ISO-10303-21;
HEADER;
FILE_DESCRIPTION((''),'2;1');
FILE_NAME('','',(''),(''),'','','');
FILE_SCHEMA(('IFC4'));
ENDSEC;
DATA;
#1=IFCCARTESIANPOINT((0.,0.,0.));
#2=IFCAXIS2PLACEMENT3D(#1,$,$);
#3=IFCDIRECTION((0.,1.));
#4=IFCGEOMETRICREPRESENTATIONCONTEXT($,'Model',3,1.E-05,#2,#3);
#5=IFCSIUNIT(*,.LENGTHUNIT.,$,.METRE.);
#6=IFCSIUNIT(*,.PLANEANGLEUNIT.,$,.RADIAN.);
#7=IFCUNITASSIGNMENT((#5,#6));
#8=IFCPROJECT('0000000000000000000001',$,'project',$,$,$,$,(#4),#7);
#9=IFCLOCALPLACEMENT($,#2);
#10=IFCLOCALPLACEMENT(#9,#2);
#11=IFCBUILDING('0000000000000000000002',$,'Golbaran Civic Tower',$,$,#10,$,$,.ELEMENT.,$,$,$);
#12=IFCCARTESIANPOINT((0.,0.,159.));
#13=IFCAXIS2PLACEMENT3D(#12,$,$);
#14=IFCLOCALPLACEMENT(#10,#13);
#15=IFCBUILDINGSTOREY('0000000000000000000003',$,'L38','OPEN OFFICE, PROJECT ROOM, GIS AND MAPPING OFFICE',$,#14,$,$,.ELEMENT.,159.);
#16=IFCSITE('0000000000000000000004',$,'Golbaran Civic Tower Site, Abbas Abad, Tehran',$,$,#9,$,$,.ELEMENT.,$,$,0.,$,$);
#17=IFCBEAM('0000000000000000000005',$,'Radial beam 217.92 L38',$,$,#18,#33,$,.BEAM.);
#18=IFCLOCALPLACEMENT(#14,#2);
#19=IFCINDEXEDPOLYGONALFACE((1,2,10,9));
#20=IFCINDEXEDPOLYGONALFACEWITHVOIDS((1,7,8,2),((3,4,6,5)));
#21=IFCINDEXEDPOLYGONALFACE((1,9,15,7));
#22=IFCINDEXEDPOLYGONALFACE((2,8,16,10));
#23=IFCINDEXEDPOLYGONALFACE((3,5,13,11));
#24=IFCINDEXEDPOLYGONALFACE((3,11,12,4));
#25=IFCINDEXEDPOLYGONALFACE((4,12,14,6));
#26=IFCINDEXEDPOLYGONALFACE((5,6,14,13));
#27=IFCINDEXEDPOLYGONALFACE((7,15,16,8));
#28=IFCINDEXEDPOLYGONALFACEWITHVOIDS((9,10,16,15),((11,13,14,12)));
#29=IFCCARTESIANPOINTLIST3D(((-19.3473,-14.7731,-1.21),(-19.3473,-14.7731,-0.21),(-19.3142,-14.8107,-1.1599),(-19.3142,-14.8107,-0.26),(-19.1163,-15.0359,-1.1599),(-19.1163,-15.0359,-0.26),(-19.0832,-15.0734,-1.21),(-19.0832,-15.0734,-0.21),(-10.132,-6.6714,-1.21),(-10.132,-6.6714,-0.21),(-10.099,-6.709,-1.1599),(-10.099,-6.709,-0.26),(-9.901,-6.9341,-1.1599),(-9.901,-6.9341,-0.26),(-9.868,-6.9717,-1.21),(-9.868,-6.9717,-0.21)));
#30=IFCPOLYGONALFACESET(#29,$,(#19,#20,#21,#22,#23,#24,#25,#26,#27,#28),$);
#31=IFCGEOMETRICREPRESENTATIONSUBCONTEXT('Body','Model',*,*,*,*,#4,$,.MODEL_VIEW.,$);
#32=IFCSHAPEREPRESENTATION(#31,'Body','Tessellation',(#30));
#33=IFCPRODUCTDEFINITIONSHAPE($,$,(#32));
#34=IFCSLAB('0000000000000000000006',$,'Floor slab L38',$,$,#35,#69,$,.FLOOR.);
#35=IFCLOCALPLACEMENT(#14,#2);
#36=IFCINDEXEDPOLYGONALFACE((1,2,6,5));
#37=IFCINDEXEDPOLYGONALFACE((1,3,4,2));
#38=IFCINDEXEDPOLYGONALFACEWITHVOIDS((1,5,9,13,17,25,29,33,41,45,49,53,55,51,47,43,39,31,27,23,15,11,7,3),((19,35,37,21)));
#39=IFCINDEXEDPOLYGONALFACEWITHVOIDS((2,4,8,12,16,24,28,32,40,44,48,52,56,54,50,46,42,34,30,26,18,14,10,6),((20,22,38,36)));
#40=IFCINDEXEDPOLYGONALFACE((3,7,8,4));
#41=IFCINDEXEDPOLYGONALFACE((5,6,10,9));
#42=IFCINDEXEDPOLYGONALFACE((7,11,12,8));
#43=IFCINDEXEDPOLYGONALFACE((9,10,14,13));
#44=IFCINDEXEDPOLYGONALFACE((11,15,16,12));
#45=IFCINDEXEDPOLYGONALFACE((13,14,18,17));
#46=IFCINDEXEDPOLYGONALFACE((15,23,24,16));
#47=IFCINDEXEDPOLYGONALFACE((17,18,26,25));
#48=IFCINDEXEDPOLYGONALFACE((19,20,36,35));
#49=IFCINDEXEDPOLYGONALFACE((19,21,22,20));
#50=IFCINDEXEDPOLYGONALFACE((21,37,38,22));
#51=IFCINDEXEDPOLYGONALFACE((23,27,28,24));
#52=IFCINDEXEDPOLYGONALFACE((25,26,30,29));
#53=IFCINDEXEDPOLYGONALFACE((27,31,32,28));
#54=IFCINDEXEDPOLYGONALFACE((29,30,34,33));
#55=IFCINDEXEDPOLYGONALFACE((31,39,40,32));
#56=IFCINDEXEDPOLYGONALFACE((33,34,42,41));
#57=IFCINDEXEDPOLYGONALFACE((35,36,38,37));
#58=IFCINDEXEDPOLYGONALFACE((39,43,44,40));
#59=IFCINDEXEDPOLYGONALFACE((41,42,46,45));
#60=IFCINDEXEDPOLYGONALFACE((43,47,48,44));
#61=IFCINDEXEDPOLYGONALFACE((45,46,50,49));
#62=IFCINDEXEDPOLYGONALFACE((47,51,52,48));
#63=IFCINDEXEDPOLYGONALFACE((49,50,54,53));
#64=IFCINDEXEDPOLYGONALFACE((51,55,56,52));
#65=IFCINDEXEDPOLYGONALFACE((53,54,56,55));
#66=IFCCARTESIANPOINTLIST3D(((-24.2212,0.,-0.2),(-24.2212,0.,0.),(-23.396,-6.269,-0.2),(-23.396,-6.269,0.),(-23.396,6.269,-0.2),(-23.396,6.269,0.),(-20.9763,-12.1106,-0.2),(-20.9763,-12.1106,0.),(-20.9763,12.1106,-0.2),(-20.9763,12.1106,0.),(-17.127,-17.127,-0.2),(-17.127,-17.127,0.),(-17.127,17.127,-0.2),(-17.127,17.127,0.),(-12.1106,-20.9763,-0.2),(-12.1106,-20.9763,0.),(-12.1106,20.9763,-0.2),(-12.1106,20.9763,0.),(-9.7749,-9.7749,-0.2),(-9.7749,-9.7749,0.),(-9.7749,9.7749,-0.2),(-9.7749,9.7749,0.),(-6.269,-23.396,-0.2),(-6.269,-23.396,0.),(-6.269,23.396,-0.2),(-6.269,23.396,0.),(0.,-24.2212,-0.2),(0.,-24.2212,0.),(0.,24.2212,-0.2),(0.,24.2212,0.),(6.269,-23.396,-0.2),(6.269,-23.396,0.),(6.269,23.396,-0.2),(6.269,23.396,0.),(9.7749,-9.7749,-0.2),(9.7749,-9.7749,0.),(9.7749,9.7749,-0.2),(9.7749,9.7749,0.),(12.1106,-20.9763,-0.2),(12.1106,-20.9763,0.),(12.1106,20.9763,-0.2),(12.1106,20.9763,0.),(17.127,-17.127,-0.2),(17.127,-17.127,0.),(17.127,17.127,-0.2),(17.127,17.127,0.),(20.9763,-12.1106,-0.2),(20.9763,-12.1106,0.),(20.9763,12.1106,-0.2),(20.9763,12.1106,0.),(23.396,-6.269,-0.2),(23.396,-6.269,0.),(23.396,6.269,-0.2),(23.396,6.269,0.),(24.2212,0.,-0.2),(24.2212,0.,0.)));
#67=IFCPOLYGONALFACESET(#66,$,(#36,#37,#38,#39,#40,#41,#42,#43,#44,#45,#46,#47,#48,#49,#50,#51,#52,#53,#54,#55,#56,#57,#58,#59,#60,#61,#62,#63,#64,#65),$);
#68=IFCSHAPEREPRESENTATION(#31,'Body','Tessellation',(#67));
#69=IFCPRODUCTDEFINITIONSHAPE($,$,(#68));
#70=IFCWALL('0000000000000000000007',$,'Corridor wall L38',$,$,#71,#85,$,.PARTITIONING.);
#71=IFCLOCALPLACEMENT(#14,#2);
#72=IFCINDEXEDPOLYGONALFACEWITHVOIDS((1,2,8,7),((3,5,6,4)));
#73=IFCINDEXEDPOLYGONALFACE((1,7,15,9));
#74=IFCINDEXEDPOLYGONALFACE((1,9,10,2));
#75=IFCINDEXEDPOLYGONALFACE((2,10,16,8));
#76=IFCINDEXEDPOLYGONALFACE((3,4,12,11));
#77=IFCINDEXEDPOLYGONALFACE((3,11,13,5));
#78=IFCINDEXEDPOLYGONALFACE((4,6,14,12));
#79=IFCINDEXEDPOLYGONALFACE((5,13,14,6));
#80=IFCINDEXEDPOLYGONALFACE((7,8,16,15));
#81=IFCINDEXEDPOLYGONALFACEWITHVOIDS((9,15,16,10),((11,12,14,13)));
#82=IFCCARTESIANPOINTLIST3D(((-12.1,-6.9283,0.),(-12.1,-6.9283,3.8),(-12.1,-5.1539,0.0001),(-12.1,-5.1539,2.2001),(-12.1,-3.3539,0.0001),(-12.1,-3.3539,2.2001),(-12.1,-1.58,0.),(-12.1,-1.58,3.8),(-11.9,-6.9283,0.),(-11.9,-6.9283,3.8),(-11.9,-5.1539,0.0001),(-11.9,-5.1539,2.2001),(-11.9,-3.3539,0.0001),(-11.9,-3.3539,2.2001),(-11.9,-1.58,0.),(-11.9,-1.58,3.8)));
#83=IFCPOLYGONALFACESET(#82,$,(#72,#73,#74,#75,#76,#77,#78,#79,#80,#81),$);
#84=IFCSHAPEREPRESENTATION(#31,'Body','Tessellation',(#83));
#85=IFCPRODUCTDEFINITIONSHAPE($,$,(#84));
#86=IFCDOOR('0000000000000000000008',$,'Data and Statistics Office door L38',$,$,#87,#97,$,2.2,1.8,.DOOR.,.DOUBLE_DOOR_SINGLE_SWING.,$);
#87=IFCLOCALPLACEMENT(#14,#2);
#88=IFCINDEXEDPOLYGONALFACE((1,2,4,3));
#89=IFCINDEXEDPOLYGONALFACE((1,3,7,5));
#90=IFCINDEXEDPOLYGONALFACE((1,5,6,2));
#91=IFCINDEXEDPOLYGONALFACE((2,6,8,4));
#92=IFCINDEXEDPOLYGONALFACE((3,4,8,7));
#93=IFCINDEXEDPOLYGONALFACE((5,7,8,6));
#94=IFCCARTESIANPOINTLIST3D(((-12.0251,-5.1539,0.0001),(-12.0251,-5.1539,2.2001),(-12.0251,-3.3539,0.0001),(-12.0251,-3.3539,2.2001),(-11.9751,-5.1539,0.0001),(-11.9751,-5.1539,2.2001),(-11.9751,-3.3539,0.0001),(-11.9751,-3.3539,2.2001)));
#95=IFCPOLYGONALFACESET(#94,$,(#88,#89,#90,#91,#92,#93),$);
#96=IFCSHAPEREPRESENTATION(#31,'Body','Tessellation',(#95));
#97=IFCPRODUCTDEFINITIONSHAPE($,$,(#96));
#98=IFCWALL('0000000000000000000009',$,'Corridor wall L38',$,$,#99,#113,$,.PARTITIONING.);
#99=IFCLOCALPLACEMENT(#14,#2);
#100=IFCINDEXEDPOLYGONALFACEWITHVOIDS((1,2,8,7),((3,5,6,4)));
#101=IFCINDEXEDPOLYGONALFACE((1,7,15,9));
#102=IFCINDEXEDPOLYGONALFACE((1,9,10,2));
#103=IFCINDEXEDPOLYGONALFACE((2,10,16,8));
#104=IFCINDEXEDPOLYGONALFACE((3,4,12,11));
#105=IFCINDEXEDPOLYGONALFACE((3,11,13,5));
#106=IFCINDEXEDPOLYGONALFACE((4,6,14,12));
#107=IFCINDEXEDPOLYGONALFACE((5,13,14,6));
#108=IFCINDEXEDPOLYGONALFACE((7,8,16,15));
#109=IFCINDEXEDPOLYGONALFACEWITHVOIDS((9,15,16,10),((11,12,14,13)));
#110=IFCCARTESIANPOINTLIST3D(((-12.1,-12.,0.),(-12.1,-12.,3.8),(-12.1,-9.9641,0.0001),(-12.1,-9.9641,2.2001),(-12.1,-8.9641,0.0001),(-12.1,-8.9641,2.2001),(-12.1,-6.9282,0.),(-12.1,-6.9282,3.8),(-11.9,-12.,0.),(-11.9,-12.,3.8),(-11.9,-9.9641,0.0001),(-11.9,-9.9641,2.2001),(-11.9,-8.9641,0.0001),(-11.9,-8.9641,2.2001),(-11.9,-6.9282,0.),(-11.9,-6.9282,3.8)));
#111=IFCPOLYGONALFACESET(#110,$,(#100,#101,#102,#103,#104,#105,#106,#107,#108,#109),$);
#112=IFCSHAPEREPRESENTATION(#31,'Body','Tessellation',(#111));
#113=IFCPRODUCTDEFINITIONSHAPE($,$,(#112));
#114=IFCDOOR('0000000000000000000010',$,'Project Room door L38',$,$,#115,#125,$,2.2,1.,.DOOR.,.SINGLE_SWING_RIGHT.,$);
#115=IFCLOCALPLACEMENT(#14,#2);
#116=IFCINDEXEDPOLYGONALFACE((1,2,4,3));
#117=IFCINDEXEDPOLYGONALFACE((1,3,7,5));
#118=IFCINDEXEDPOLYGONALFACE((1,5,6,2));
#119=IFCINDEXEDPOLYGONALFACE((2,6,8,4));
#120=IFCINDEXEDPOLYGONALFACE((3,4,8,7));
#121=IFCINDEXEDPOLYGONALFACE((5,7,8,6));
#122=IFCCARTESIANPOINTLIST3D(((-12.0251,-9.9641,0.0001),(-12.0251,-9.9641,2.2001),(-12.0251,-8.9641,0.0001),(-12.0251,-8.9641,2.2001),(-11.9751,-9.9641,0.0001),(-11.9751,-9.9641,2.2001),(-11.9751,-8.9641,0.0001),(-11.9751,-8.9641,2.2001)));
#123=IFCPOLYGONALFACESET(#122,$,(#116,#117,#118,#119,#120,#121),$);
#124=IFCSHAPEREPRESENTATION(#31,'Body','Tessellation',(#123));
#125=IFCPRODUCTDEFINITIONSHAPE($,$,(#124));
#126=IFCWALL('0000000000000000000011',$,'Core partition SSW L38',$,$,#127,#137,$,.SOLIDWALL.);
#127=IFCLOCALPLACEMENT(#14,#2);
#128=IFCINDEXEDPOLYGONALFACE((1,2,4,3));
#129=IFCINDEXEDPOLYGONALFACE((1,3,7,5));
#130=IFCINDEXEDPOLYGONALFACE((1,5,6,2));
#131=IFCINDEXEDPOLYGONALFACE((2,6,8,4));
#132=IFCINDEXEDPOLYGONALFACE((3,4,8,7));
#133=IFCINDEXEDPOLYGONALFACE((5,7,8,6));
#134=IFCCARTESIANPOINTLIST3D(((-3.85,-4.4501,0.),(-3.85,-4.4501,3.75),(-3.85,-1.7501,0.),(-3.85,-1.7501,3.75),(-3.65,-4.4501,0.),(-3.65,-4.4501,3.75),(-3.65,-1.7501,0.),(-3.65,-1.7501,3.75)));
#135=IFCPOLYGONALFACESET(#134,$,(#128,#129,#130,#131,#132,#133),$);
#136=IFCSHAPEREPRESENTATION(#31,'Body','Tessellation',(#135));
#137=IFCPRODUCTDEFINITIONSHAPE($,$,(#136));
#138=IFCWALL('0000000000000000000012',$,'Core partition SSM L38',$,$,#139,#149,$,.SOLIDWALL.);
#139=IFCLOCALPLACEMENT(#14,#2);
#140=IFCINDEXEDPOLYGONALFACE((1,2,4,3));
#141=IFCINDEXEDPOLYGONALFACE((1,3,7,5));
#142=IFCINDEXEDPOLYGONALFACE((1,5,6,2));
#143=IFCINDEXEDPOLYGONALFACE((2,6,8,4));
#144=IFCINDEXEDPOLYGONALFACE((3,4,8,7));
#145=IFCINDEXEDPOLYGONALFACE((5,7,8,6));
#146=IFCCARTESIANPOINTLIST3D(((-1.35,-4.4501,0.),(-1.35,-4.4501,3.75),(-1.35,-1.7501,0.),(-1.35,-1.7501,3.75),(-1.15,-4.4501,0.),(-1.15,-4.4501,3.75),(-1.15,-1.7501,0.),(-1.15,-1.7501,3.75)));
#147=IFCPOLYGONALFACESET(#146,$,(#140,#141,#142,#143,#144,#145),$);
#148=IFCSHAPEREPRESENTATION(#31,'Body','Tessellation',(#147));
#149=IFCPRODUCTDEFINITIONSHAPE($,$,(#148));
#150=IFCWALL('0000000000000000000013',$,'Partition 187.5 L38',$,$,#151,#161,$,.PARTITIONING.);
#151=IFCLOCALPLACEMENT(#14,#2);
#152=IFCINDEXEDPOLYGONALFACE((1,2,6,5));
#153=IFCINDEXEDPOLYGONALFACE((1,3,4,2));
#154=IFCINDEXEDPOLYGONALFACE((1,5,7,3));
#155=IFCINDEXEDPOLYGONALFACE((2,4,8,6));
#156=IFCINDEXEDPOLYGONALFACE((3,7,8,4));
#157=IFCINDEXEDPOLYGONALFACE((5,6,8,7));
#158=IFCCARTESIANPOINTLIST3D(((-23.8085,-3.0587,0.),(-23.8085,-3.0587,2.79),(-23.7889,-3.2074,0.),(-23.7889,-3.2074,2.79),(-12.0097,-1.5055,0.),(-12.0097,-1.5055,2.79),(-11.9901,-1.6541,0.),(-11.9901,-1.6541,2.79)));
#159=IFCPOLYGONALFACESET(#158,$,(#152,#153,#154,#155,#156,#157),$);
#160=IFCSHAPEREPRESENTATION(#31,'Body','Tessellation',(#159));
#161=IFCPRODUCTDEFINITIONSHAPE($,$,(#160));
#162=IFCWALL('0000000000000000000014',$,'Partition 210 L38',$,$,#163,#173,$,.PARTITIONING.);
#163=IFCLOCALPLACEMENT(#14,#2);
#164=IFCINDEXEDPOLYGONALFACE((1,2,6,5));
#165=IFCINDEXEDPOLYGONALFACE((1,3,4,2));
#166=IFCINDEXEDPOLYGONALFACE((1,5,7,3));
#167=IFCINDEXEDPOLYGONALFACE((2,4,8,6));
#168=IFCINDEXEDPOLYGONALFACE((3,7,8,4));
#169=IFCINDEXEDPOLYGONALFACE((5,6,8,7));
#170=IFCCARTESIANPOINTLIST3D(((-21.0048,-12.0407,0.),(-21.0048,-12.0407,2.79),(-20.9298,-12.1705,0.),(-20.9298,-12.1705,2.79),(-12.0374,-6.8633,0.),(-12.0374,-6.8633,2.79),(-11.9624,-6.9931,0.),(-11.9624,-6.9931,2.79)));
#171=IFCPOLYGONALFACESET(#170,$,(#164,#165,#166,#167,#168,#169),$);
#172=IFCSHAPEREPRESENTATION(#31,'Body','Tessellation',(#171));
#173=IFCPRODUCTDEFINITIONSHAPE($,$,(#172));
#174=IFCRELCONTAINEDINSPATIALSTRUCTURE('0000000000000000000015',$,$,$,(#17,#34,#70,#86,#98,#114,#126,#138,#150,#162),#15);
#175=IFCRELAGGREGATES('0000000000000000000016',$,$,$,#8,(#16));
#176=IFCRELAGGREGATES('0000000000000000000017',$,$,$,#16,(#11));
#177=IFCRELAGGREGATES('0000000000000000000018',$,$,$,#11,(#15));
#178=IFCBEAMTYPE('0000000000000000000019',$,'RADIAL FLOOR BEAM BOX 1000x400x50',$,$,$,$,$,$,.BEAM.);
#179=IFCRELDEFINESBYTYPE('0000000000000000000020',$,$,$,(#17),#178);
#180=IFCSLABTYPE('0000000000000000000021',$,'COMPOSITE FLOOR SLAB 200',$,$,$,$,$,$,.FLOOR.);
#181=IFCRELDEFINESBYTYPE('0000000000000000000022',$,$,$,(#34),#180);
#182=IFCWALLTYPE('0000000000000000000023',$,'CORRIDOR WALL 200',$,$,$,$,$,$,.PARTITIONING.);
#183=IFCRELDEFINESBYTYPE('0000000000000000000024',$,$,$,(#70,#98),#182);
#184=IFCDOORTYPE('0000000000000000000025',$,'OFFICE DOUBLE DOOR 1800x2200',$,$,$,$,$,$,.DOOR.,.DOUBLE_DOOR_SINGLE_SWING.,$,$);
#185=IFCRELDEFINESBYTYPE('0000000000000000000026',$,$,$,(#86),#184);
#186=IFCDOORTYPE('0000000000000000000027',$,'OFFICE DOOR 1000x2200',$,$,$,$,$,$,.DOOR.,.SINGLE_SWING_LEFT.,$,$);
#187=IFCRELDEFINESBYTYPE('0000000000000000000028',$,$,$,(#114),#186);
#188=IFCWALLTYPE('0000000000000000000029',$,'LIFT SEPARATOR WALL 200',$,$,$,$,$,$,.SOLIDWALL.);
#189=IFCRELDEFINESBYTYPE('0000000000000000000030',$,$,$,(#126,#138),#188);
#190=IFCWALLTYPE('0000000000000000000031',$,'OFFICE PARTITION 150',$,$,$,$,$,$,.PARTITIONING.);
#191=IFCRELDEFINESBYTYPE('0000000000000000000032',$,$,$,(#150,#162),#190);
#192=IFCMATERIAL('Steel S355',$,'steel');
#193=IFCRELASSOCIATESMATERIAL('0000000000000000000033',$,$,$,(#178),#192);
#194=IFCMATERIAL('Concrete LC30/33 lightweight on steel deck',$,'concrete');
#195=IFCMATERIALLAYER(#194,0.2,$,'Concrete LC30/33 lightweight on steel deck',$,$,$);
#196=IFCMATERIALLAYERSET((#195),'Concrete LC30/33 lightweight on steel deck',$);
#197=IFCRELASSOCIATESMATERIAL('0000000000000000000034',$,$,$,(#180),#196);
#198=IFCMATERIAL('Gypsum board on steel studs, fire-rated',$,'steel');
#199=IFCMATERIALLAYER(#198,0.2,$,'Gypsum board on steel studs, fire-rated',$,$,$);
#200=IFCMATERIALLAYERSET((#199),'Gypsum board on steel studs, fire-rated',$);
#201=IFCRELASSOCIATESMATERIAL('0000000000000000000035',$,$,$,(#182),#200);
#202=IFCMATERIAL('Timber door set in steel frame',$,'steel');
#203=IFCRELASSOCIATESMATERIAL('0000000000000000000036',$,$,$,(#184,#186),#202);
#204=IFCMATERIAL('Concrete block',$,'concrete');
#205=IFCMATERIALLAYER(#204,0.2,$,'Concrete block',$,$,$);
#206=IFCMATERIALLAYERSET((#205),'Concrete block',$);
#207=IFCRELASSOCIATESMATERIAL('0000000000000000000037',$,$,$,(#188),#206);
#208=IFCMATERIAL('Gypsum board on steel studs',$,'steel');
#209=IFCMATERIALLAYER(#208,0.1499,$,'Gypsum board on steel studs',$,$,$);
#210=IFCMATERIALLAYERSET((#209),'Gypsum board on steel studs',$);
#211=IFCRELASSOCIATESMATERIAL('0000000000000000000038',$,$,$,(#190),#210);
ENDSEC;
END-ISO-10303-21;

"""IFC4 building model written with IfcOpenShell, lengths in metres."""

from ifc_helpers import new_model, si_unit, direction, frame, frame_2d, origin, origin_2d, place, context, subcontext, project, spatial, polyline, rectangle, hollow_rectangle, outline, extrude, material, layer, layer_set, material_profile, profile_set, type_object, element, fill, save


model = new_model("IFC4")

# Units and contexts
model_context = context("Model", 3, precision=1e-05, world=origin(), true_north=direction((0.0, 1.0)))
body_context = subcontext(model_context, "Body", "Model", "MODEL_VIEW")
ifc_project = project(units=[si_unit("LENGTHUNIT", "METRE"), si_unit("PLANEANGLEUNIT", "RADIAN")], contexts=[model_context])

# Site, building, storey
site_placement = place(None, origin())
site = spatial("IfcSite", under=ifc_project, at=site_placement, Name="Golbaran Civic Tower Site, Abbas Abad, Tehran", CompositionType="ELEMENT", RefElevation=0.0)
building_placement = place(site_placement, origin())
building = spatial("IfcBuilding", under=site, at=building_placement, Name="Golbaran Civic Tower", CompositionType="ELEMENT")
storey_placement = place(building_placement, frame((0.0, 0.0, 159.0)))
storey = spatial("IfcBuildingStorey", under=building, at=storey_placement, Name="L38", Description="OPEN OFFICE, PROJECT ROOM, GIS AND MAPPING OFFICE", CompositionType="ELEMENT", Elevation=159.0)

# Beam
ifc_material_1 = material(Name="Steel S355", Category="steel")
ifc_material_profile_1 = material_profile(ifc_material_1, hollow_rectangle(XDim=0.3999, YDim=1.0, WallThickness=0.05, at=origin_2d()), Name="BOX 1000x400x50")
ifc_profile_set_1 = profile_set([ifc_material_profile_1], Name="Steel S355")
beam_type_1 = type_object("IfcBeamType", Name="RADIAL FLOOR BEAM BOX 1000x400x50", PredefinedType="BEAM", material=ifc_profile_set_1)
beam_1_placement = place(storey_placement, frame((-10.0, -6.8215, -0.71), z_axis=(-0.751024, -0.660275, 0.0), x_axis=(0.660275, -0.751024, 0.0)))
element("IfcBeam", 1, at=beam_1_placement, inside=storey, type_object=beam_type_1, Name="Radial beam 217.92 L38", PredefinedType="BEAM", context=body_context, shape_type="SweptSolid", body=[
    extrude(hollow_rectangle(XDim=0.3999, YDim=1.0, WallThickness=0.05, at=origin_2d()), origin(), (0.0, 0.0, 1.0), 12.2703),
])

# Slab
ifc_material_2 = material(Name="Concrete LC30/33 lightweight on steel deck", Category="concrete")
ifc_layer_1 = layer(ifc_material_2, 0.2, Name="Concrete LC30/33 lightweight on steel deck")
ifc_layer_set_1 = layer_set([ifc_layer_1], Name="Concrete LC30/33 lightweight on steel deck")
slab_type = type_object("IfcSlabType", Name="COMPOSITE FLOOR SLAB 200", PredefinedType="FLOOR", material=ifc_layer_set_1)
slab_placement = place(storey_placement, frame((0.0, 0.0, -0.2)))
element("IfcSlab", 2, at=slab_placement, inside=storey, type_object=slab_type, Name="Floor slab L38", PredefinedType="FLOOR", context=body_context, shape_type="SweptSolid", body=[
    extrude(outline(polyline([(20.9763, -12.1106), (17.127, -17.127), (12.1106, -20.9763), (6.269, -23.396), (0.0, -24.2212), (-6.269, -23.396), (-12.1106, -20.9763), (-17.127, -17.127), (-20.9763, -12.1106), (-23.396, -6.269), (-24.2212, 0.0), (-23.396, 6.269), (-20.9763, 12.1106), (-17.127, 17.127), (-12.1106, 20.9763), (-6.269, 23.396), (0.0, 24.2212), (6.269, 23.396), (12.1106, 20.9763), (17.127, 17.127), (20.9763, 12.1106), (23.396, 6.269), (24.2212, 0.0), (23.396, -6.269), (20.9763, -12.1106)]), holes=[polyline([(-9.7749, 9.7749), (-9.7749, -9.7749), (9.7749, -9.7749), (9.7749, 9.7749), (-9.7749, 9.7749)])]), origin(), (0.0, 0.0, 1.0), 0.2),
])

# Walls, openings, doors
ifc_material_3 = material(Name="Gypsum board on steel studs, fire-rated", Category="steel")
ifc_layer_2 = layer(ifc_material_3, 0.2, Name="Gypsum board on steel studs, fire-rated")
ifc_layer_set_2 = layer_set([ifc_layer_2], Name="Gypsum board on steel studs, fire-rated")
wall_type_1 = type_object("IfcWallType", Name="CORRIDOR WALL 200", PredefinedType="PARTITIONING", material=ifc_layer_set_2)
wall_1_placement = place(storey_placement, frame((-12.0, -1.5798, 0.0), z_axis=(0.0, 0.0, 1.0), x_axis=(0.0, -1.0, 0.0)))
wall_1 = element("IfcWall", 3, at=wall_1_placement, inside=storey, type_object=wall_type_1, Name="Corridor wall L38", PredefinedType="PARTITIONING", context=body_context, shape_type="SweptSolid", body=[
    extrude(rectangle(XDim=5.3484, YDim=0.2, at=frame_2d((2.6743, 0.0))), origin(), (0.0, 0.0, 1.0), 3.8),
])
opening_1_placement = place(wall_1_placement, frame((1.7742, 0.0, 0.0)))
opening_1 = element("IfcOpeningElement", 4, at=opening_1_placement, cuts=wall_1, PredefinedType="OPENING", context=body_context, shape_type="SweptSolid", body=[
    extrude(rectangle(XDim=1.8, YDim=2.2, at=frame_2d((0.8999, 1.1001))), frame((0.0, 0.1099, 0.0), z_axis=(0.0, -1.0, 0.0), x_axis=(1.0, 0.0, 0.0)), (0.0, 0.0, 1.0), 0.22),
])
ifc_material_4 = material(Name="Timber door set in steel frame", Category="steel")
door_type_1 = type_object("IfcDoorType", Name="OFFICE DOUBLE DOOR 1800x2200", OperationType="DOUBLE_DOOR_SINGLE_SWING", PredefinedType="DOOR", material=ifc_material_4)
door_1_placement = place(opening_1_placement, origin())
door_1 = element("IfcDoor", 5, at=door_1_placement, inside=storey, type_object=door_type_1, Name="Data and Statistics Office door L38", OperationType="DOUBLE_DOOR_SINGLE_SWING", OverallHeight=2.2, OverallWidth=1.8, PredefinedType="DOOR", context=body_context, shape_type="SweptSolid", body=[
    extrude(rectangle(XDim=1.8, YDim=2.2, at=frame_2d((0.8999, 1.1001))), frame((0.0, 0.0249, 0.0), z_axis=(0.0, -1.0, 0.0), x_axis=(1.0, 0.0, 0.0)), (0.0, 0.0, 1.0), 0.05),
])
fill(opening_1, door_1)
wall_2_placement = place(storey_placement, frame((-12.0, -6.9282, 0.0), z_axis=(0.0, 0.0, 1.0), x_axis=(0.0, -1.0, 0.0)))
wall_2 = element("IfcWall", 6, at=wall_2_placement, inside=storey, type_object=wall_type_1, Name="Corridor wall L38", PredefinedType="PARTITIONING", context=body_context, shape_type="SweptSolid", body=[
    extrude(rectangle(XDim=5.0718, YDim=0.2, at=frame_2d((2.5359, 0.0))), origin(), (0.0, 0.0, 1.0), 3.8),
])
opening_2_placement = place(wall_2_placement, frame((2.0359, 0.0, 0.0)))
opening_2 = element("IfcOpeningElement", 7, at=opening_2_placement, cuts=wall_2, PredefinedType="OPENING", context=body_context, shape_type="SweptSolid", body=[
    extrude(rectangle(XDim=1.0, YDim=2.2, at=frame_2d((0.5, 1.1001))), frame((0.0, 0.1099, 0.0), z_axis=(0.0, -1.0, 0.0), x_axis=(1.0, 0.0, 0.0)), (0.0, 0.0, 1.0), 0.22),
])
door_type_2 = type_object("IfcDoorType", Name="OFFICE DOOR 1000x2200", OperationType="SINGLE_SWING_LEFT", PredefinedType="DOOR", material=ifc_material_4)
door_2_placement = place(opening_2_placement, origin())
door_2 = element("IfcDoor", 8, at=door_2_placement, inside=storey, type_object=door_type_2, Name="Project Room door L38", OperationType="SINGLE_SWING_RIGHT", OverallHeight=2.2, OverallWidth=1.0, PredefinedType="DOOR", context=body_context, shape_type="SweptSolid", body=[
    extrude(rectangle(XDim=1.0, YDim=2.2, at=frame_2d((0.5, 1.1001))), frame((0.0, 0.0249, 0.0), z_axis=(0.0, -1.0, 0.0), x_axis=(1.0, 0.0, 0.0)), (0.0, 0.0, 1.0), 0.05),
])
fill(opening_2, door_2)

# Walls
ifc_material_5 = material(Name="Concrete block", Category="concrete")
ifc_layer_3 = layer(ifc_material_5, 0.2, Name="Concrete block")
ifc_layer_set_3 = layer_set([ifc_layer_3], Name="Concrete block")
wall_type_2 = type_object("IfcWallType", Name="LIFT SEPARATOR WALL 200", PredefinedType="SOLIDWALL", material=ifc_layer_set_3)
for number, where, z_axis, x_axis, name in (
    (9, (-3.75, -1.75, 0.0), (0.0, 0.0, 1.0), (0.0, -1.0, 0.0), "Core partition SSW L38"),
    (10, (-1.25, -1.75, 0.0), (0.0, 0.0, 1.0), (0.0, -1.0, 0.0), "Core partition SSM L38"),
):
    element("IfcWall", number, at=place(storey_placement, frame(where, z_axis=z_axis, x_axis=x_axis)), inside=storey, type_object=wall_type_2, Name=name, PredefinedType="SOLIDWALL", context=body_context, shape_type="SweptSolid", body=[
        extrude(rectangle(XDim=2.7, YDim=0.2, at=frame_2d((1.3501, 0.0))), origin(), (0.0, 0.0, 1.0), 3.75),
    ])
ifc_material_6 = material(Name="Gypsum board on steel studs", Category="steel")
ifc_layer_4 = layer(ifc_material_6, 0.1499, Name="Gypsum board on steel studs")
ifc_layer_set_4 = layer_set([ifc_layer_4], Name="Gypsum board on steel studs")
wall_type_3 = type_object("IfcWallType", Name="OFFICE PARTITION 150", PredefinedType="PARTITIONING", material=ifc_layer_set_4)
wall_3_placement = place(storey_placement, frame((-12.0, -1.5798, 0.0), z_axis=(0.0, 0.0, 1.0), x_axis=(-0.991446, -0.130516, 0.0)))
element("IfcWall", 11, at=wall_3_placement, inside=storey, type_object=wall_type_3, Name="Partition 187.5 L38", PredefinedType="PARTITIONING", context=body_context, shape_type="SweptSolid", body=[
    extrude(rectangle(XDim=11.9006, YDim=0.1499, at=frame_2d((5.9502, 0.0))), origin(), (0.0, 0.0, 1.0), 2.79),
])
wall_4_placement = place(storey_placement, frame((-12.0, -6.9282, 0.0), z_axis=(0.0, 0.0, 1.0), x_axis=(-0.866022, -0.500006, 0.0)))
element("IfcWall", 12, at=wall_4_placement, inside=storey, type_object=wall_type_3, Name="Partition 210 L38", PredefinedType="PARTITIONING", context=body_context, shape_type="SweptSolid", body=[
    extrude(rectangle(XDim=10.3547, YDim=0.1499, at=frame_2d((5.1772, 0.0))), origin(), (0.0, 0.0, 1.0), 2.79),
])

save(model, "model.ifc")
